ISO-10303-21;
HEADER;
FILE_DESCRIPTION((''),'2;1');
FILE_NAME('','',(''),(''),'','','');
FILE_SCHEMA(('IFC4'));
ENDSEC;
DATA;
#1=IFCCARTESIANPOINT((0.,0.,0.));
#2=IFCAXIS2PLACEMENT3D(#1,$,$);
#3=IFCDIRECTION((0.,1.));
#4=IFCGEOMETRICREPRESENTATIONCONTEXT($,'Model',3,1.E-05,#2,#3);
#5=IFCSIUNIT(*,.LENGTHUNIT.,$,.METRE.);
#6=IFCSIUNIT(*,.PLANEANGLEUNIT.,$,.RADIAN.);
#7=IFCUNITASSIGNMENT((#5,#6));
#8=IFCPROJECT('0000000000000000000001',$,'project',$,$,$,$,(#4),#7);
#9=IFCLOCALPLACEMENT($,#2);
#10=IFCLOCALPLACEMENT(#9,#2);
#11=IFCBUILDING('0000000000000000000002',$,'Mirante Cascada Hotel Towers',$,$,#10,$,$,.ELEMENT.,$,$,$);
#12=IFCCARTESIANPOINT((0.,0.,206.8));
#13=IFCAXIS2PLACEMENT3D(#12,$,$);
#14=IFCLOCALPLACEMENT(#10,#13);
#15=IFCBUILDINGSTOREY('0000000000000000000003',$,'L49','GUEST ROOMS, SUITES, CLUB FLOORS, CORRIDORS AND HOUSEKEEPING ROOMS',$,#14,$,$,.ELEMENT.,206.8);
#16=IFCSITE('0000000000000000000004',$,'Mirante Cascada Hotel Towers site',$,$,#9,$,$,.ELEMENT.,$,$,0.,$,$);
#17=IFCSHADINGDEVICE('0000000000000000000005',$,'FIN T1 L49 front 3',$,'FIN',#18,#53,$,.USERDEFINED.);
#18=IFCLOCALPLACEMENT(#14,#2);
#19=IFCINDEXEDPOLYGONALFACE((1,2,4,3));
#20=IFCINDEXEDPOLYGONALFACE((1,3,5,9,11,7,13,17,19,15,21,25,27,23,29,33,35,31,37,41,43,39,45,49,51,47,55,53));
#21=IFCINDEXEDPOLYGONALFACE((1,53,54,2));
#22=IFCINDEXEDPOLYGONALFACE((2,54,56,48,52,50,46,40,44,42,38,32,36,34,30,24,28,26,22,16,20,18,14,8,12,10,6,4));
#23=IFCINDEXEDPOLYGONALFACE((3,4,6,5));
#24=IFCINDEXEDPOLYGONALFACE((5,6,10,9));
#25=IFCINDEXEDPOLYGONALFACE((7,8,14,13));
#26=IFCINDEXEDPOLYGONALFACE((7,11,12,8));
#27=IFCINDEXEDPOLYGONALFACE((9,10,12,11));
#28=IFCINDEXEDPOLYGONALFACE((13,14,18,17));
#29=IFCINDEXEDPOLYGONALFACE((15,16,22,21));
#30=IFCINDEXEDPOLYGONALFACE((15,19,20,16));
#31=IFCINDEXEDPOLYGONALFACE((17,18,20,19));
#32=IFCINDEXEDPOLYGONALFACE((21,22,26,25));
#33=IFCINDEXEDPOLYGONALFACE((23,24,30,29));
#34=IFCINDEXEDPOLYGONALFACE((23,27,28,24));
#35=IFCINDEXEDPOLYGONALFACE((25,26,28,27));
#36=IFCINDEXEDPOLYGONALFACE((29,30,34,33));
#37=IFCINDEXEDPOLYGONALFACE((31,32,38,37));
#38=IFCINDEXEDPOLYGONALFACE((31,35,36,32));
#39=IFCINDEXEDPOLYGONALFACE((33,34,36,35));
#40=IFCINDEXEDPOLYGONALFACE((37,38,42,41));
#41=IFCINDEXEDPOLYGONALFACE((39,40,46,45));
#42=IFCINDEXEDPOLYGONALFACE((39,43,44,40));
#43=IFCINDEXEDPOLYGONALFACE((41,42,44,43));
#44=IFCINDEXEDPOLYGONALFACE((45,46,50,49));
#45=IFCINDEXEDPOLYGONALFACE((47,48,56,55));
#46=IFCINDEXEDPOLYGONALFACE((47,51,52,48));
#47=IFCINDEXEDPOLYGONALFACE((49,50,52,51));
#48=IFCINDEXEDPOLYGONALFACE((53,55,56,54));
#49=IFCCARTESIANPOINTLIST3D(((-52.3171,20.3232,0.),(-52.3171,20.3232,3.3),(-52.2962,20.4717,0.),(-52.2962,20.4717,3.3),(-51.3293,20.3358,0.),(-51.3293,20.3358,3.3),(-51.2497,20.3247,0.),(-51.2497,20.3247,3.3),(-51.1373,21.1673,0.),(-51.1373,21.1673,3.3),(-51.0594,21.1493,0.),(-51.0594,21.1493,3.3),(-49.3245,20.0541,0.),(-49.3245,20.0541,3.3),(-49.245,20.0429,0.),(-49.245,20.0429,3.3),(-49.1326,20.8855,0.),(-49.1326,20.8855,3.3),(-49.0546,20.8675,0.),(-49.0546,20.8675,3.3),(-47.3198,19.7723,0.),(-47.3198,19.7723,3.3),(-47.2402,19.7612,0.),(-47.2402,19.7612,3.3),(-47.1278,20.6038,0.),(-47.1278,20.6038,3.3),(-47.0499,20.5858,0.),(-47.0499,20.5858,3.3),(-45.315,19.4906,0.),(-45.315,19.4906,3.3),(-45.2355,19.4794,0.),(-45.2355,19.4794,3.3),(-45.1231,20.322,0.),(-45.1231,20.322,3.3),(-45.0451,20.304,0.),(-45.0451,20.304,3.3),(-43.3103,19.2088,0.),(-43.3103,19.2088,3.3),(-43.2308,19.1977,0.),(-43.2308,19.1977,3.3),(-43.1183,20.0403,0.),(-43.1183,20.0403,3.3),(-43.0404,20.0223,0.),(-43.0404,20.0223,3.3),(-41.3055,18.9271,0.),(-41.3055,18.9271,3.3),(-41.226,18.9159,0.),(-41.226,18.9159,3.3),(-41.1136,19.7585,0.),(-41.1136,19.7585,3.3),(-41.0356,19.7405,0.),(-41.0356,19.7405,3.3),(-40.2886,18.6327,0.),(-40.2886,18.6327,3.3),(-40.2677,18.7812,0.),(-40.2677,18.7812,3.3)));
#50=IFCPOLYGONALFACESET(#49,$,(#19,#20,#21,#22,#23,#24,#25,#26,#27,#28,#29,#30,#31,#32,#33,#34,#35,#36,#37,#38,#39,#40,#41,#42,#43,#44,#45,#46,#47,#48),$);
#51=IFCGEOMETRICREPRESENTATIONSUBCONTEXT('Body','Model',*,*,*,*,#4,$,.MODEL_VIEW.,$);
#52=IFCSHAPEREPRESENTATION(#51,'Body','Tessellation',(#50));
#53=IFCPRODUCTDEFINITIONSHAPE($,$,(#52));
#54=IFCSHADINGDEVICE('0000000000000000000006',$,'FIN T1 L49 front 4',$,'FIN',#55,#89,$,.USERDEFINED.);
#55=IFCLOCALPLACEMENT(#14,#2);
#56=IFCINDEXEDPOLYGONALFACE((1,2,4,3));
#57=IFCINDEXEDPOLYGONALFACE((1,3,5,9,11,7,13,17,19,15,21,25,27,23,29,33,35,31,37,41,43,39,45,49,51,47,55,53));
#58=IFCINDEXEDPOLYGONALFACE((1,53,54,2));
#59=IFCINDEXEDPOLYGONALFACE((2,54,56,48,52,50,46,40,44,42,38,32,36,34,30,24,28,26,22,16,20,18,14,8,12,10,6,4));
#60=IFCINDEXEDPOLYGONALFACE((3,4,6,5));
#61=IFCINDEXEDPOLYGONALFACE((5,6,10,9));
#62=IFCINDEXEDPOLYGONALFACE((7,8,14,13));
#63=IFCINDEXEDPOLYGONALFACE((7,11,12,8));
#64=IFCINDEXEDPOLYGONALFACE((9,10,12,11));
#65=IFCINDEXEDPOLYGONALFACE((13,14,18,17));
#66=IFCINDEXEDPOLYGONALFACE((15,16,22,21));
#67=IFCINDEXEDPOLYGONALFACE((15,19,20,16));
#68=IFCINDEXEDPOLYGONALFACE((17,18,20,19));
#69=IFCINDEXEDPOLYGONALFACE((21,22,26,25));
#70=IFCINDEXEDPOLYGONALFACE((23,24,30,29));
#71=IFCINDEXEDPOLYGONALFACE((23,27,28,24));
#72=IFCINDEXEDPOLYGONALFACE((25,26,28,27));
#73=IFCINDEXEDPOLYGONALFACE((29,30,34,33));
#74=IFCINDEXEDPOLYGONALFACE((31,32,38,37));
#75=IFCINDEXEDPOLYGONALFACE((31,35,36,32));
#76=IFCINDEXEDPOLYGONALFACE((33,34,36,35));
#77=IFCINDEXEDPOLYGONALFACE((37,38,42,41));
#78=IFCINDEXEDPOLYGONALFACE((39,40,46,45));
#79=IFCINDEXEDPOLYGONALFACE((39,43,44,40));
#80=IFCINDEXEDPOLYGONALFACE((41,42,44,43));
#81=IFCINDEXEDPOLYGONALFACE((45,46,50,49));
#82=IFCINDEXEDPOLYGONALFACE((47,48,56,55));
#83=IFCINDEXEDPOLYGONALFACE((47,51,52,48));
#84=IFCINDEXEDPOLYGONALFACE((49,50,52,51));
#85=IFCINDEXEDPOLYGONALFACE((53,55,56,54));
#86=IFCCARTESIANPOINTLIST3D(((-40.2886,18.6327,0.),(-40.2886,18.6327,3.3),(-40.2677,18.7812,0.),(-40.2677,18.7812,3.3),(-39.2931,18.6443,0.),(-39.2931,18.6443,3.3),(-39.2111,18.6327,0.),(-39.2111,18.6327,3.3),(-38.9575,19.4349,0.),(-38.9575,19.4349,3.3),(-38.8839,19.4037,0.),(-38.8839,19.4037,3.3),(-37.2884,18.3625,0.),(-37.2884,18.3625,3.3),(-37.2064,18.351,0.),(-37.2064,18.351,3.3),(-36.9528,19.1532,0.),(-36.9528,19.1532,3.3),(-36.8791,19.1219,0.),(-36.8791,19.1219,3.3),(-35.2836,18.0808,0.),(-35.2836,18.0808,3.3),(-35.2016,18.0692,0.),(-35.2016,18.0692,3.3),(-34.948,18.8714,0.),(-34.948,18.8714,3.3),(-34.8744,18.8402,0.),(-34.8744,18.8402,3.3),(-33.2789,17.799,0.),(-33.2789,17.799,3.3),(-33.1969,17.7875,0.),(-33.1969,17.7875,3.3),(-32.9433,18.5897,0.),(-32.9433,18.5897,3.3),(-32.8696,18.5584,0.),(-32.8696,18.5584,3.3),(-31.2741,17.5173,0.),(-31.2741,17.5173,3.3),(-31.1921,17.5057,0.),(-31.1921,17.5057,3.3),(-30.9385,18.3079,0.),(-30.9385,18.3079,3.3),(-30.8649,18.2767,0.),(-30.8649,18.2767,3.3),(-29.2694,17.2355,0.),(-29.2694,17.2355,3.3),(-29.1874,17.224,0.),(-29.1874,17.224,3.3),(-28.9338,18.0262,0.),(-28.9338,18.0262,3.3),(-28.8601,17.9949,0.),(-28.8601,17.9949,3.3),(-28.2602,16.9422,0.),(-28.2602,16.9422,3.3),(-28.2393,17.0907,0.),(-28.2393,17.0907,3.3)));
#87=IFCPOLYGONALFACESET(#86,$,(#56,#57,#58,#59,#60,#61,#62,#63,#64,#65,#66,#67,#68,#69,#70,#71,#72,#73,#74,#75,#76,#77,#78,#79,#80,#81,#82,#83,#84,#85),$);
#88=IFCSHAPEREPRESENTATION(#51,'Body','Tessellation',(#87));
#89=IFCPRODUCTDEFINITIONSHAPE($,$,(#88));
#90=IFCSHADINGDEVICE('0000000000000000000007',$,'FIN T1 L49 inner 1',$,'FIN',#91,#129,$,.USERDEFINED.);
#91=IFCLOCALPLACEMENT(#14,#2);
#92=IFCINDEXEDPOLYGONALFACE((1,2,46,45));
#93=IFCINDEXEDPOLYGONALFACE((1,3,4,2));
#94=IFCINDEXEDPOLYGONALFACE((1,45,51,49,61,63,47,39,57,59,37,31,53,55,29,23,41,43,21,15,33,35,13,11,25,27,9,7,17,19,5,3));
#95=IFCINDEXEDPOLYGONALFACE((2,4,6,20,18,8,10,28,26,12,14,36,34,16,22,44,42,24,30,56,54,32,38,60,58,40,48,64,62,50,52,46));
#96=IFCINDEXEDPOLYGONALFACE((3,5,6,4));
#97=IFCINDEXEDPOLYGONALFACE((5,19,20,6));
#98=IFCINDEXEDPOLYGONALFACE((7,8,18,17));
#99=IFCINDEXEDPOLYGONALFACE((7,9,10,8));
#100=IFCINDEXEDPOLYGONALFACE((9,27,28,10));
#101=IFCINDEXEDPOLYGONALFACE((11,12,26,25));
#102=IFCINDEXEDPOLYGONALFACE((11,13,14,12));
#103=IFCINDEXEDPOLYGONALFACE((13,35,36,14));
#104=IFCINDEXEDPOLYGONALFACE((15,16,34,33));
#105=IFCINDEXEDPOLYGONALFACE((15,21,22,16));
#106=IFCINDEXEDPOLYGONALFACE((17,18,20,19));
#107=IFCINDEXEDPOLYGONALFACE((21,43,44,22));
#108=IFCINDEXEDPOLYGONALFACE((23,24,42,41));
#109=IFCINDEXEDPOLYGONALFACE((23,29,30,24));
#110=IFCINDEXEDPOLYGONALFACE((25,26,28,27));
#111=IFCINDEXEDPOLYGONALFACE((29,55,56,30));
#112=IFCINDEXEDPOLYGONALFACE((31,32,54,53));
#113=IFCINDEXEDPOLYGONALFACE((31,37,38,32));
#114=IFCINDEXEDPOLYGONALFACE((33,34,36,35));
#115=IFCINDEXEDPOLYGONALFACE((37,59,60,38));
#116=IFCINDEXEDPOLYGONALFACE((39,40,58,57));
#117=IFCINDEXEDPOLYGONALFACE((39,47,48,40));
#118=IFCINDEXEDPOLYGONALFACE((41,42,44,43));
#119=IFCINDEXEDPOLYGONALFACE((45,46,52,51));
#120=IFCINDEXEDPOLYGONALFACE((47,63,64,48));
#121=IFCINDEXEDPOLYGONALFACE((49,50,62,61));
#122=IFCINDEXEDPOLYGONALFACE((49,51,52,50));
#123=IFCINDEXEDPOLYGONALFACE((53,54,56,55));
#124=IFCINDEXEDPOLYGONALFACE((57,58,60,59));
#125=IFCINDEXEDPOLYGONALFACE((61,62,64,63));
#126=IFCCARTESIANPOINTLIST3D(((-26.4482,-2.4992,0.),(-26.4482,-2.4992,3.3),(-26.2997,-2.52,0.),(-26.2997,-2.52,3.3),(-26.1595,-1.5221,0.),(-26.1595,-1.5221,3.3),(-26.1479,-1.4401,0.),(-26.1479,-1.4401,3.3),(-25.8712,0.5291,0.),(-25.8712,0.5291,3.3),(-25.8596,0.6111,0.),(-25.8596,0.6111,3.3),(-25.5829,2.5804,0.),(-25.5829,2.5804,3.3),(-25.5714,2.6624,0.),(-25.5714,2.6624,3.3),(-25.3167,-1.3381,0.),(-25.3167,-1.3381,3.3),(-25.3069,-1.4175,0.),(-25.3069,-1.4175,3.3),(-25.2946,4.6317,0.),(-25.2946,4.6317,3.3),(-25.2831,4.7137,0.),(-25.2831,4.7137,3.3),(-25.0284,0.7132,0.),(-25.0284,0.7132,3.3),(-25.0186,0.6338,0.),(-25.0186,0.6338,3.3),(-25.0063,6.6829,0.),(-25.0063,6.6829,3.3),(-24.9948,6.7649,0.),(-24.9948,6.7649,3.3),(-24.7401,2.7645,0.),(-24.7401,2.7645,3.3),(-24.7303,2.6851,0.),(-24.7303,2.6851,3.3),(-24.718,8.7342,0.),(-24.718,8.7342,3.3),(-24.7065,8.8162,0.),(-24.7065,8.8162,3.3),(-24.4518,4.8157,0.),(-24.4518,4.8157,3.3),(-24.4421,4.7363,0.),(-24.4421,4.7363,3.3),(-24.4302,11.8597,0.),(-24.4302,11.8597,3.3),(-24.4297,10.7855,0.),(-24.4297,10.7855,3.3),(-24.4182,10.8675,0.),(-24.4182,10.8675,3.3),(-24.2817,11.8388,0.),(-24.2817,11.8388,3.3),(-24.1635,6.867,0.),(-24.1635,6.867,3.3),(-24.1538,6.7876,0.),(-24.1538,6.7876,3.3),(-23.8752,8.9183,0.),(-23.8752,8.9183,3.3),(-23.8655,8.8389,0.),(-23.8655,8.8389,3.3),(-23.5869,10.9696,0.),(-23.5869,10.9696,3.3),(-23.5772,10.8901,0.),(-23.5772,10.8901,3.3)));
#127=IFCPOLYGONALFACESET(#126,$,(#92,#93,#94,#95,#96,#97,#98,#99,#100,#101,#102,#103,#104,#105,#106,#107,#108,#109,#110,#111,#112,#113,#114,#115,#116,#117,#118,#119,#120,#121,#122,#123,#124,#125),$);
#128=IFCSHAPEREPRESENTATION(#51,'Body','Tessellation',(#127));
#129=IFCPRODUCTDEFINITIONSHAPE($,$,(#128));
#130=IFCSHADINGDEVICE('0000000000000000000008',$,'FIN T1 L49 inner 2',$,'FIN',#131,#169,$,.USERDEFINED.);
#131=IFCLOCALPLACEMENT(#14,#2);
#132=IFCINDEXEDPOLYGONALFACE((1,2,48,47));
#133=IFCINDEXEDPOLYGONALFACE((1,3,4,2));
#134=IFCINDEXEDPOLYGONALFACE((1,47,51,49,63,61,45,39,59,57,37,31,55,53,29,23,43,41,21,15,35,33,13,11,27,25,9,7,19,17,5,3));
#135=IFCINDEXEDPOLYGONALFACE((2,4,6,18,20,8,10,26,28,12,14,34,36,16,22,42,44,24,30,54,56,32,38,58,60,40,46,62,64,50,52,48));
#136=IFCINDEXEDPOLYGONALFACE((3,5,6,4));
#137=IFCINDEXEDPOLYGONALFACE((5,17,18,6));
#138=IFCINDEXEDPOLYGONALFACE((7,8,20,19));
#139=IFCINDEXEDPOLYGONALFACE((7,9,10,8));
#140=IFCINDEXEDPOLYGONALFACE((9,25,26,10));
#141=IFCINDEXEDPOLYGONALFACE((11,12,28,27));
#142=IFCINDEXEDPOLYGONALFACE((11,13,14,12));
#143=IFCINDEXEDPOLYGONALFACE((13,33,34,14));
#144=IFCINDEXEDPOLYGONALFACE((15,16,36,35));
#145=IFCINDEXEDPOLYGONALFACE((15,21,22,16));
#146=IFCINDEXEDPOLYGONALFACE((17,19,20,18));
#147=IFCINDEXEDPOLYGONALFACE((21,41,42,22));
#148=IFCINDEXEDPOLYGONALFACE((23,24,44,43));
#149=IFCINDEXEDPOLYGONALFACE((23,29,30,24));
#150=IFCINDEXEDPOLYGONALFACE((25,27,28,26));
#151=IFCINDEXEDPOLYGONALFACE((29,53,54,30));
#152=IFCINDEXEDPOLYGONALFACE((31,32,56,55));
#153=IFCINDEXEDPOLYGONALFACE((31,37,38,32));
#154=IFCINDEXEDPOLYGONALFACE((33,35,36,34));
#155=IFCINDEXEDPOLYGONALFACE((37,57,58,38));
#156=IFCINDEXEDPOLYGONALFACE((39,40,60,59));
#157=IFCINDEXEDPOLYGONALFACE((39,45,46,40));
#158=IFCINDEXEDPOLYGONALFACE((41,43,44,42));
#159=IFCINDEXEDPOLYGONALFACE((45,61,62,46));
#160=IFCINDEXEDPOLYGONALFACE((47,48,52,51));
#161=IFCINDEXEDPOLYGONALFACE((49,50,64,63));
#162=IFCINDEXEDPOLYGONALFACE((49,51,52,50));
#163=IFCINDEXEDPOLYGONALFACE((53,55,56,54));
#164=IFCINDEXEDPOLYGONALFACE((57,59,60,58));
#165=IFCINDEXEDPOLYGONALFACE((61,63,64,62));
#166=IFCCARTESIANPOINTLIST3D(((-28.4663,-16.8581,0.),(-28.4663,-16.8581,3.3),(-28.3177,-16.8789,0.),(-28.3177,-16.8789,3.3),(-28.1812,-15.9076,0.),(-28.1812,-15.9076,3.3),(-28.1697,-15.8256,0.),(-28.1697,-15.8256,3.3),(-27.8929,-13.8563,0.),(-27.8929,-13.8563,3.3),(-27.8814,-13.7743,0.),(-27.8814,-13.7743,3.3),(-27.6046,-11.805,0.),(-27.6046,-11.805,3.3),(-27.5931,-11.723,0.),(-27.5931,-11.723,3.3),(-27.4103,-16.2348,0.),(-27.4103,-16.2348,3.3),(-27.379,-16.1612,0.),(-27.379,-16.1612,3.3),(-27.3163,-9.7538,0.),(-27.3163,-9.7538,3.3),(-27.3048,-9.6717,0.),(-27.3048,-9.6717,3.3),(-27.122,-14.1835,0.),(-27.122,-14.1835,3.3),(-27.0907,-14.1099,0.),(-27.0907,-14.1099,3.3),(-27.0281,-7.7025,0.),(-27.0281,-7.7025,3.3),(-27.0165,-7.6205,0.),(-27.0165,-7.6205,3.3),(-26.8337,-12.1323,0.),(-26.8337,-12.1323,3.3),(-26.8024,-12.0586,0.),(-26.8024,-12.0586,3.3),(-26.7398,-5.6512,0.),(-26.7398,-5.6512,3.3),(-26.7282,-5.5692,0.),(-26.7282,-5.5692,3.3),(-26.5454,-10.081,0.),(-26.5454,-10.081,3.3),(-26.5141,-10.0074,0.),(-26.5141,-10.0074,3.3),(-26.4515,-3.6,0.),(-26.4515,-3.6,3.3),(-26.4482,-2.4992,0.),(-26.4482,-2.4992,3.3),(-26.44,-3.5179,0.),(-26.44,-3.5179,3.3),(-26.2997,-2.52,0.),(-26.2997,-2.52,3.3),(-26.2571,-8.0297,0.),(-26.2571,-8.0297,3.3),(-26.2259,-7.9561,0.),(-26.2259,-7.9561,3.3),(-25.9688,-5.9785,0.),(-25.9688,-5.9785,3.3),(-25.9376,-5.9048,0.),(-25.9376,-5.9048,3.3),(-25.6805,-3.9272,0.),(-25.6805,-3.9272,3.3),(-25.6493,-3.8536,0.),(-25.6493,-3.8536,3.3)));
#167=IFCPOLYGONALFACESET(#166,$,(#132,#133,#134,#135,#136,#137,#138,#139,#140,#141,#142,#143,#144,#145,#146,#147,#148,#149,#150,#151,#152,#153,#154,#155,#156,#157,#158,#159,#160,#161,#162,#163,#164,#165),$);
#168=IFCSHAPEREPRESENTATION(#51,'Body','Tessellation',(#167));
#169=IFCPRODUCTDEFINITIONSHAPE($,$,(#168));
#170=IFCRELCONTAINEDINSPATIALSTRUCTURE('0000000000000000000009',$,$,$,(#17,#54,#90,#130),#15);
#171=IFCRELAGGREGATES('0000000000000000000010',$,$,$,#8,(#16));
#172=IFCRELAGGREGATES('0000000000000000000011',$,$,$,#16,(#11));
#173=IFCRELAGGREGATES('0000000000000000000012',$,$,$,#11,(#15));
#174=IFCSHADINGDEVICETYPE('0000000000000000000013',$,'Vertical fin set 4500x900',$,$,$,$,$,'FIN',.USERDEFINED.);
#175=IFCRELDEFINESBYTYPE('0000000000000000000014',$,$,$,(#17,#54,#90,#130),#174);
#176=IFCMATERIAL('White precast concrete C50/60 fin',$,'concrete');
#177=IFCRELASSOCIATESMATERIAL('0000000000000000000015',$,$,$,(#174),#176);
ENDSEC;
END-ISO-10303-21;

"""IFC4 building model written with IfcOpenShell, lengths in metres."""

from ifc_helpers import new_model, si_unit, direction, frame, origin, place, context, subcontext, project, spatial, polyline, outline, extrude, material, type_object, element, save


model = new_model("IFC4")

# Units and contexts
model_context = context("Model", 3, precision=1e-05, world=origin(), true_north=direction((0.0, 1.0)))
body_context = subcontext(model_context, "Body", "Model", "MODEL_VIEW")
ifc_project = project(units=[si_unit("LENGTHUNIT", "METRE"), si_unit("PLANEANGLEUNIT", "RADIAN")], contexts=[model_context])

# Site, building, storey
site_placement = place(None, origin())
site = spatial("IfcSite", under=ifc_project, at=site_placement, Name="Mirante Cascada Hotel Towers site", CompositionType="ELEMENT", RefElevation=0.0)
building_placement = place(site_placement, origin())
building = spatial("IfcBuilding", under=site, at=building_placement, Name="Mirante Cascada Hotel Towers", CompositionType="ELEMENT")
storey_placement = place(building_placement, frame((0.0, 0.0, 206.8)))
storey = spatial("IfcBuildingStorey", under=building, at=storey_placement, Name="L49", Description="GUEST ROOMS, SUITES, CLUB FLOORS, CORRIDORS AND HOUSEKEEPING ROOMS", CompositionType="ELEMENT", Elevation=206.8)

# Shading devices
ifc_material_1 = material(Name="White precast concrete C50/60 fin", Category="concrete")
shading_device_type = type_object("IfcShadingDeviceType", Name="Vertical fin set 4500x900", ElementType="FIN", PredefinedType="USERDEFINED", material=ifc_material_1)
shading_device_1_placement = place(storey_placement, origin())
element("IfcShadingDevice", 1, at=shading_device_1_placement, inside=storey, type_object=shading_device_type, Name="FIN T1 L49 front 3", ObjectType="FIN", PredefinedType="USERDEFINED", context=body_context, shape_type="SweptSolid", body=[
    extrude(outline(polyline([(-41.0356, 19.7405), (-41.226, 18.9159), (-40.2677, 18.7812), (-40.2886, 18.6327), (-52.3171, 20.3232), (-52.2962, 20.4717), (-51.3293, 20.3358), (-51.1373, 21.1673), (-51.0594, 21.1493), (-51.2497, 20.3247), (-49.3245, 20.0541), (-49.1326, 20.8855), (-49.0546, 20.8675), (-49.245, 20.0429), (-47.3198, 19.7723), (-47.1278, 20.6038), (-47.0499, 20.5858), (-47.2402, 19.7612), (-45.315, 19.4906), (-45.1231, 20.322), (-45.0451, 20.304), (-45.2355, 19.4794), (-43.3103, 19.2088), (-43.1183, 20.0403), (-43.0404, 20.0223), (-43.2308, 19.1977), (-41.3055, 18.9271), (-41.1136, 19.7585), (-41.0356, 19.7405)])), origin(), (0.0, 0.0, 1.0), 3.3),
])
shading_device_2_placement = place(storey_placement, origin())
element("IfcShadingDevice", 2, at=shading_device_2_placement, inside=storey, type_object=shading_device_type, Name="FIN T1 L49 front 4", ObjectType="FIN", PredefinedType="USERDEFINED", context=body_context, shape_type="SweptSolid", body=[
    extrude(outline(polyline([(-28.8601, 17.9949), (-29.1874, 17.224), (-28.2393, 17.0907), (-28.2602, 16.9422), (-40.2886, 18.6327), (-40.2677, 18.7812), (-39.2931, 18.6443), (-38.9575, 19.4349), (-38.8839, 19.4037), (-39.2111, 18.6327), (-37.2884, 18.3625), (-36.9528, 19.1532), (-36.8791, 19.1219), (-37.2064, 18.351), (-35.2836, 18.0808), (-34.948, 18.8714), (-34.8744, 18.8402), (-35.2016, 18.0692), (-33.2789, 17.799), (-32.9433, 18.5897), (-32.8696, 18.5584), (-33.1969, 17.7875), (-31.2741, 17.5173), (-30.9385, 18.3079), (-30.8649, 18.2767), (-31.1921, 17.5057), (-29.2694, 17.2355), (-28.9338, 18.0262), (-28.8601, 17.9949)])), origin(), (0.0, 0.0, 1.0), 3.3),
])
shading_device_3_placement = place(storey_placement, origin())
element("IfcShadingDevice", 3, at=shading_device_3_placement, inside=storey, type_object=shading_device_type, Name="FIN T1 L49 inner 1", ObjectType="FIN", PredefinedType="USERDEFINED", context=body_context, shape_type="SweptSolid", body=[
    extrude(outline(polyline([(-26.1595, -1.5221), (-26.2997, -2.52), (-26.4482, -2.4992), (-24.4302, 11.8597), (-24.2817, 11.8388), (-24.4182, 10.8675), (-23.5869, 10.9696), (-23.5772, 10.8901), (-24.4297, 10.7855), (-24.7065, 8.8162), (-23.8752, 8.9183), (-23.8655, 8.8389), (-24.718, 8.7342), (-24.9948, 6.7649), (-24.1635, 6.867), (-24.1538, 6.7876), (-25.0063, 6.6829), (-25.2831, 4.7137), (-24.4518, 4.8157), (-24.4421, 4.7363), (-25.2946, 4.6317), (-25.5714, 2.6624), (-24.7401, 2.7645), (-24.7303, 2.6851), (-25.5829, 2.5804), (-25.8596, 0.6111), (-25.0284, 0.7132), (-25.0186, 0.6338), (-25.8712, 0.5291), (-26.1479, -1.4401), (-25.3167, -1.3381), (-25.3069, -1.4175), (-26.1595, -1.5221)])), origin(), (0.0, 0.0, 1.0), 3.3),
])
shading_device_4_placement = place(storey_placement, origin())
element("IfcShadingDevice", 4, at=shading_device_4_placement, inside=storey, type_object=shading_device_type, Name="FIN T1 L49 inner 2", ObjectType="FIN", PredefinedType="USERDEFINED", context=body_context, shape_type="SweptSolid", body=[
    extrude(outline(polyline([(-28.1812, -15.9076), (-28.3177, -16.8789), (-28.4663, -16.8581), (-26.4482, -2.4992), (-26.2997, -2.52), (-26.44, -3.5179), (-25.6493, -3.8536), (-25.6805, -3.9272), (-26.4515, -3.6), (-26.7282, -5.5692), (-25.9376, -5.9048), (-25.9688, -5.9785), (-26.7398, -5.6512), (-27.0165, -7.6205), (-26.2259, -7.9561), (-26.2571, -8.0297), (-27.0281, -7.7025), (-27.3048, -9.6717), (-26.5141, -10.0074), (-26.5454, -10.081), (-27.3163, -9.7538), (-27.5931, -11.723), (-26.8024, -12.0586), (-26.8337, -12.1323), (-27.6046, -11.805), (-27.8814, -13.7743), (-27.0907, -14.1099), (-27.122, -14.1835), (-27.8929, -13.8563), (-28.1697, -15.8256), (-27.379, -16.1612), (-27.4103, -16.2348), (-28.1812, -15.9076)])), origin(), (0.0, 0.0, 1.0), 3.3),
])

save(model, "model.ifc")
